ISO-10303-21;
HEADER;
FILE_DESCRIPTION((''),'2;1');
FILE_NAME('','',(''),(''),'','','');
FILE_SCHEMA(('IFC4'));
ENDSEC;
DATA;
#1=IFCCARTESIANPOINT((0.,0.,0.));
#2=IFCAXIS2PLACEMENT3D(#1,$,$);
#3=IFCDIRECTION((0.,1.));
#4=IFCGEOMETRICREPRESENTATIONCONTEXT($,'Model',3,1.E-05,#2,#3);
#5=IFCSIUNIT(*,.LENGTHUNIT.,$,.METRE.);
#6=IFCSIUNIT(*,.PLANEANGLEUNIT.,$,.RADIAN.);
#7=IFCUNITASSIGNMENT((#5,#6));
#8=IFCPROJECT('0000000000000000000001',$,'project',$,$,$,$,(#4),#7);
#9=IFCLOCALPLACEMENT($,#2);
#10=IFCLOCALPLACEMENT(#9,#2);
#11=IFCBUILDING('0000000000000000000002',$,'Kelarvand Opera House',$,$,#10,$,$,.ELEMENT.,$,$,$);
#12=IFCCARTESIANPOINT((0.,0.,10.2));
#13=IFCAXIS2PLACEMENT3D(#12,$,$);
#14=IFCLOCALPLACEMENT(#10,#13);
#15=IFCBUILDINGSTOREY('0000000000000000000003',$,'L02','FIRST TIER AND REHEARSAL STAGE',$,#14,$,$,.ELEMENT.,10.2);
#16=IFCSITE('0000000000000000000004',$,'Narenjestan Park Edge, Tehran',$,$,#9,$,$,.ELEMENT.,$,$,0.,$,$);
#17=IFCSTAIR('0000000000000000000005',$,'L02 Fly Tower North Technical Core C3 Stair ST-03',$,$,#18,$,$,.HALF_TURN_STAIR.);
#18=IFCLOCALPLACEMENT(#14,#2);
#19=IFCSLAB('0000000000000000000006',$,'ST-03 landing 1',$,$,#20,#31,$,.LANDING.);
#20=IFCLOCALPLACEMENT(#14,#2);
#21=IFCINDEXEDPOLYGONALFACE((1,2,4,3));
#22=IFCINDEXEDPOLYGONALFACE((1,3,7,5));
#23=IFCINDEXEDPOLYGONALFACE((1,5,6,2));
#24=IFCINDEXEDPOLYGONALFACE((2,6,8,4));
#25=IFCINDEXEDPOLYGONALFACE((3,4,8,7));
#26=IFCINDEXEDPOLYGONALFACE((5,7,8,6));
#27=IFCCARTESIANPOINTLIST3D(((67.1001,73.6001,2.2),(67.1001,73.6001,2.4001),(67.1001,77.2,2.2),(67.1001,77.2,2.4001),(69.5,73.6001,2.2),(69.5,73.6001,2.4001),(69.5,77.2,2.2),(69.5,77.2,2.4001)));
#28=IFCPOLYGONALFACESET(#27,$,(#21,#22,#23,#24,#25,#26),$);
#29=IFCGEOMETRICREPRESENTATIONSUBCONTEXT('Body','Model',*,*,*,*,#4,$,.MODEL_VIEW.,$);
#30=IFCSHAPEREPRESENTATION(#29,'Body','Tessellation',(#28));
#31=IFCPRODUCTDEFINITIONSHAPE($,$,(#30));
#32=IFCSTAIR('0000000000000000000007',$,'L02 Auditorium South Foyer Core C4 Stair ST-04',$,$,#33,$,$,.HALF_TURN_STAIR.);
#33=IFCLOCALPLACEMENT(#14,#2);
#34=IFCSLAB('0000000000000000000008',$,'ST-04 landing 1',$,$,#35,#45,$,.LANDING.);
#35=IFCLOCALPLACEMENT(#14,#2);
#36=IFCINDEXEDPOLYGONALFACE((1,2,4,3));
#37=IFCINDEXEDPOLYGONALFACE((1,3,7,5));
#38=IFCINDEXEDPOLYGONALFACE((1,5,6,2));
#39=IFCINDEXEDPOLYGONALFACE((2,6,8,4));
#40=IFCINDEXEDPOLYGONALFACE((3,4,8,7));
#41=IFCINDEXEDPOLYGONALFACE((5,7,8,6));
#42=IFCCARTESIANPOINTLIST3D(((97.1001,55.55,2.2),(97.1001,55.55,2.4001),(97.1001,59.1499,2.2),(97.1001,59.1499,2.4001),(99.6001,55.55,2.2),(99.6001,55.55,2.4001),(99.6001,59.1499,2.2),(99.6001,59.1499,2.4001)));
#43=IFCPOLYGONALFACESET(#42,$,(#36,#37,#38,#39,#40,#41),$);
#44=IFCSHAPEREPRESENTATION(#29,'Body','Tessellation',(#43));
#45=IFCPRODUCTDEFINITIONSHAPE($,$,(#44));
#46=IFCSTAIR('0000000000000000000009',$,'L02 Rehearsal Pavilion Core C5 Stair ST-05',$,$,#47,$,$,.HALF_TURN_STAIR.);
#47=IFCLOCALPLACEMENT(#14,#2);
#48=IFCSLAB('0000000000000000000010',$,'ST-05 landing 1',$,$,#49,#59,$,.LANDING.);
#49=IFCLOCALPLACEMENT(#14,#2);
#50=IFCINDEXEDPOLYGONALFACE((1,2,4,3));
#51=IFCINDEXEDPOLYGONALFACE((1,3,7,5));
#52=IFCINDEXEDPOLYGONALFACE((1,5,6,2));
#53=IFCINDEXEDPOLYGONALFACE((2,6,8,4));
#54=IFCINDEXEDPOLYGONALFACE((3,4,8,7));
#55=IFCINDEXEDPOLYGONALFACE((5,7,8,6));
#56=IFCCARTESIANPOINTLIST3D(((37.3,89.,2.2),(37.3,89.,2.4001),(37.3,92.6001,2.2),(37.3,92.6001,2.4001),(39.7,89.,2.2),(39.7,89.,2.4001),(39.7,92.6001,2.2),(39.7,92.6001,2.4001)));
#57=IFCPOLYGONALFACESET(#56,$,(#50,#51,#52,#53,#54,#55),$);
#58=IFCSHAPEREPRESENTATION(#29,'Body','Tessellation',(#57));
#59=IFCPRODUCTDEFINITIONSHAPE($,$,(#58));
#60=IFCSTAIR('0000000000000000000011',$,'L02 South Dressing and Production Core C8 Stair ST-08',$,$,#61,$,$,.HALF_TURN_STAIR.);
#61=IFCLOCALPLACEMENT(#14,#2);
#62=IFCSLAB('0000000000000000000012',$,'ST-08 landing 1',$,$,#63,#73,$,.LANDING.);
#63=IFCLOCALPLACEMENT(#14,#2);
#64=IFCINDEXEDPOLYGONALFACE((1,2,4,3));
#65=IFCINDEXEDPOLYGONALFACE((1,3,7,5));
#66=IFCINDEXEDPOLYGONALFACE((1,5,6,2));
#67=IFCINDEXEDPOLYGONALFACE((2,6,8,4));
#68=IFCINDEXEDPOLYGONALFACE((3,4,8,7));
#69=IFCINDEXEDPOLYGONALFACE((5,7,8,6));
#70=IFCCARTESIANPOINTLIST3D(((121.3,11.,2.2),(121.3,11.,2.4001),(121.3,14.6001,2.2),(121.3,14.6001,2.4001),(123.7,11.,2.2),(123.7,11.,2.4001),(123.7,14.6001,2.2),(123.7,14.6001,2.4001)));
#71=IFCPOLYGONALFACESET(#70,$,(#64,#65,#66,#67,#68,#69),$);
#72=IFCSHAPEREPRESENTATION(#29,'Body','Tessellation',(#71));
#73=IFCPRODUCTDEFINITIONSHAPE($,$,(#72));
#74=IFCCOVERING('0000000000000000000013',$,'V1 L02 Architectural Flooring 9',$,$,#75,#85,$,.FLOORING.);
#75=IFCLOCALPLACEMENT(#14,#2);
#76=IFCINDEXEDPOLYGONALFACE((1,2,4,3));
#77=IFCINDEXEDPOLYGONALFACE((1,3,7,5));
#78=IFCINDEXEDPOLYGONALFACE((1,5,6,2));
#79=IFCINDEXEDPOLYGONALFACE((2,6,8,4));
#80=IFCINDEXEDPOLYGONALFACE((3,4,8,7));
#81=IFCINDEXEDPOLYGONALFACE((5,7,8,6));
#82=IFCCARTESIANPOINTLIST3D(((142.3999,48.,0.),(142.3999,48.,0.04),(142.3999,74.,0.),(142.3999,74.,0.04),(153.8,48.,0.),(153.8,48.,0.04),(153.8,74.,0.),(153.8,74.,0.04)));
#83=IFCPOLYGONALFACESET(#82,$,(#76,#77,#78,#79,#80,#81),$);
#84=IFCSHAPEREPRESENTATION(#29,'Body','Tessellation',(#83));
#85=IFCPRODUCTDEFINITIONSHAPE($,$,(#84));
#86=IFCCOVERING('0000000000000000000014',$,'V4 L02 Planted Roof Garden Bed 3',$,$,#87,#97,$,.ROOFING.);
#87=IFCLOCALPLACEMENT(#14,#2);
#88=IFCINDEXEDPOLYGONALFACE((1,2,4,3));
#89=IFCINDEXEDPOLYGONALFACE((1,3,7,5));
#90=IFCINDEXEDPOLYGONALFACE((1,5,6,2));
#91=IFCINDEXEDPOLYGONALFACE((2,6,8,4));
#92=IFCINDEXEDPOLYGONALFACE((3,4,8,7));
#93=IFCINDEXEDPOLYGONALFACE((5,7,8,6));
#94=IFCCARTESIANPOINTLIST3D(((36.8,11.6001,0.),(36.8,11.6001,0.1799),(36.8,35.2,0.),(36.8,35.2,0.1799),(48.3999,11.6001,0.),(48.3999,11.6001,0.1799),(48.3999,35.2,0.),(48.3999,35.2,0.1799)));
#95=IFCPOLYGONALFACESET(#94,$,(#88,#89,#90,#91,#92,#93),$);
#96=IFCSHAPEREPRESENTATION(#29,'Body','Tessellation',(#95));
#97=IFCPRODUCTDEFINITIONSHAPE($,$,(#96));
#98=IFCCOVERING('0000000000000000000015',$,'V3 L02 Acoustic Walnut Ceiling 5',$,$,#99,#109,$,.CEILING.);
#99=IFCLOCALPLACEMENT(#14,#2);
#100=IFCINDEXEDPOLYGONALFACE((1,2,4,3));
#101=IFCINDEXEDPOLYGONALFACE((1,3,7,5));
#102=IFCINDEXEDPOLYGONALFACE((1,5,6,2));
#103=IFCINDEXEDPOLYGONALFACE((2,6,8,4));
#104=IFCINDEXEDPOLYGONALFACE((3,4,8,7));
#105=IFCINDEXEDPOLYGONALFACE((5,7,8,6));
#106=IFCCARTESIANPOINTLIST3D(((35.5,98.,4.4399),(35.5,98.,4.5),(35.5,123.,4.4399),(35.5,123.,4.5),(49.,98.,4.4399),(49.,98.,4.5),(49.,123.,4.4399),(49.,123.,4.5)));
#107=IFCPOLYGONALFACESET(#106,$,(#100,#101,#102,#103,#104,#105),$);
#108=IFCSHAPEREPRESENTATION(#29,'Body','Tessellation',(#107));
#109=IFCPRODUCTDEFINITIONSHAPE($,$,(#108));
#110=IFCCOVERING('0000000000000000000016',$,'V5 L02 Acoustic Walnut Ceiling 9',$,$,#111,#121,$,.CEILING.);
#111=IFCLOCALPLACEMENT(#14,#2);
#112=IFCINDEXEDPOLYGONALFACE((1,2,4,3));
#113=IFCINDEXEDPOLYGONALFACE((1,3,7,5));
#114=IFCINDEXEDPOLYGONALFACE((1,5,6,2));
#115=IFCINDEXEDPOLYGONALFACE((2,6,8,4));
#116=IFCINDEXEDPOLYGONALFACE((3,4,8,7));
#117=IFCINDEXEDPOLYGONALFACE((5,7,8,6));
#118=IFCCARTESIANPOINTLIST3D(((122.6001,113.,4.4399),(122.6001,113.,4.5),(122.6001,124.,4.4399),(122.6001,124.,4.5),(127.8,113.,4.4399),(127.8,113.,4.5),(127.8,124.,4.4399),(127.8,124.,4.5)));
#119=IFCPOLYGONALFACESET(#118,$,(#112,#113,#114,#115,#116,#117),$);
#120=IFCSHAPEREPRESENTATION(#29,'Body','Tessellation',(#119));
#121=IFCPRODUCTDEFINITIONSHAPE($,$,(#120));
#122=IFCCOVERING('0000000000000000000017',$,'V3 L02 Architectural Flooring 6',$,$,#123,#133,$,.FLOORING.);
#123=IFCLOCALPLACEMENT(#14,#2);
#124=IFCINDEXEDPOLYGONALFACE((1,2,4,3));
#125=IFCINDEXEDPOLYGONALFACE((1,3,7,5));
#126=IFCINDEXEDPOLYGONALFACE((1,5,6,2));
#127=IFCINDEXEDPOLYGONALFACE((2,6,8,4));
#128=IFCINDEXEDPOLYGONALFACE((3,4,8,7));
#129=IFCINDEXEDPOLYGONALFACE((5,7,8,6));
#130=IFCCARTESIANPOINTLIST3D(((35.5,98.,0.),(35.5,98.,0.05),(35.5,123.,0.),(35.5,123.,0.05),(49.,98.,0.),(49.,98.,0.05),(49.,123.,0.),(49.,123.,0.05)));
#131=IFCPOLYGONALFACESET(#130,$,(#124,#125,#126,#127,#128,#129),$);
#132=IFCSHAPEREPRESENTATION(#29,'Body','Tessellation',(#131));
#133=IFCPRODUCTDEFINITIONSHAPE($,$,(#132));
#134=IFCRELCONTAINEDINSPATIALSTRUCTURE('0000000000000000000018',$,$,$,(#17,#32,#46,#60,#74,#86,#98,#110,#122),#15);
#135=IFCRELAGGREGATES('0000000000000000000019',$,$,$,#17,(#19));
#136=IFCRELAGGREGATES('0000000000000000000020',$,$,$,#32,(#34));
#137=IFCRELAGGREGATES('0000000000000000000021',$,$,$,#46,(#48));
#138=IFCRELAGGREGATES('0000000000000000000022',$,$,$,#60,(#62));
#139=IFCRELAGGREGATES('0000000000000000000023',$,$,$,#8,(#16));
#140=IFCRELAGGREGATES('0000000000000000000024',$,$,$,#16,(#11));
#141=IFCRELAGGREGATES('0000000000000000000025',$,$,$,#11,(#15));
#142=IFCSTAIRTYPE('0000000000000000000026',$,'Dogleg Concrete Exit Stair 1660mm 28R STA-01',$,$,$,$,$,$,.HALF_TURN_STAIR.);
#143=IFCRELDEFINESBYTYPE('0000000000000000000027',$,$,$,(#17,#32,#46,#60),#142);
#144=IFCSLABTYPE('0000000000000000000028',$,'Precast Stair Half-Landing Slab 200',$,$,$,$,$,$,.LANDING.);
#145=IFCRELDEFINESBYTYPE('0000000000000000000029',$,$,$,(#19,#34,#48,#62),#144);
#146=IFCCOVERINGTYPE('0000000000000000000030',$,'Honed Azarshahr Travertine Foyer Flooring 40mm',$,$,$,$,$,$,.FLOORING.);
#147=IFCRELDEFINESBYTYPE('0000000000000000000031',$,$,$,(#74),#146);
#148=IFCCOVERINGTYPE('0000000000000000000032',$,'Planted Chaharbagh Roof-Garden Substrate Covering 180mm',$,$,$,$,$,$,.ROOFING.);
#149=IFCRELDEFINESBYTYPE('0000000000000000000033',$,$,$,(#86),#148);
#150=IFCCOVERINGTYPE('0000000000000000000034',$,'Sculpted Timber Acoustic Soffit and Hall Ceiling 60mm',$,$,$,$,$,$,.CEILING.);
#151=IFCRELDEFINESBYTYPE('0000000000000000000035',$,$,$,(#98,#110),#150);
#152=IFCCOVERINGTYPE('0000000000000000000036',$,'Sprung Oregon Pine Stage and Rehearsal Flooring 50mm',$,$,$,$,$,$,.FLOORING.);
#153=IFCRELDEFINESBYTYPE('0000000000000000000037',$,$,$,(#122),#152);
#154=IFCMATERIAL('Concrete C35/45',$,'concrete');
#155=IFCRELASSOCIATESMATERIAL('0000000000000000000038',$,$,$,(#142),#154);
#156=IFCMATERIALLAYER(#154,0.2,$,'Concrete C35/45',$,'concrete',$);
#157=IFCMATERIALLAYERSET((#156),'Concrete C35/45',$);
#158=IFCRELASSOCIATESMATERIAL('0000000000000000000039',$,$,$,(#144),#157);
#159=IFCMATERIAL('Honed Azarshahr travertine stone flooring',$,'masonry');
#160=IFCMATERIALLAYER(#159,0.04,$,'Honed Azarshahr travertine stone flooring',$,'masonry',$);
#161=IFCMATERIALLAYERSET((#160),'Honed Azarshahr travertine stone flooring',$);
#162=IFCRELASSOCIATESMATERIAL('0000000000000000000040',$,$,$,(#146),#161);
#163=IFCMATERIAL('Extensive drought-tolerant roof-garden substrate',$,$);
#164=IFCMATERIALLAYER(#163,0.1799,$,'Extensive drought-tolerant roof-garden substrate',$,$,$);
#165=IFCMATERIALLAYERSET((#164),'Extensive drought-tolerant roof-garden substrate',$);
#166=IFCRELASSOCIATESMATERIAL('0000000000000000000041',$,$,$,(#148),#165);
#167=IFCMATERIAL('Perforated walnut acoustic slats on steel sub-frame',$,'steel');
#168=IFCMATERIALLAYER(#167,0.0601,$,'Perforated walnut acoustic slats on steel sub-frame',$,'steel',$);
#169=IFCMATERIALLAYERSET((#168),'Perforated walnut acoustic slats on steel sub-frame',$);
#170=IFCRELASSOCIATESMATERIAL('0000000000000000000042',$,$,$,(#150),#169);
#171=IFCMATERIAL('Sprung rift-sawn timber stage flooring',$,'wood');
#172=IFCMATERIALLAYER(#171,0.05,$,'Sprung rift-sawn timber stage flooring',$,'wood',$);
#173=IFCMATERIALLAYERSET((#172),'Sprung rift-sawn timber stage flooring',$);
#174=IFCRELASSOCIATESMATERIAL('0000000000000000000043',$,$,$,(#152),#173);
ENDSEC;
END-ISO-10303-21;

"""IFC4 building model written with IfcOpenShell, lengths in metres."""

from ifc_helpers import new_model, si_unit, direction, frame, origin, place, context, subcontext, project, spatial, polyline, outline, extrude, material, layer, layer_set, type_object, element, aggregate, save


model = new_model("IFC4")

# Units and contexts
model_context = context("Model", 3, precision=1e-05, world=origin(), true_north=direction((0.0, 1.0)))
body_context = subcontext(model_context, "Body", "Model", "MODEL_VIEW")
ifc_project = project(units=[si_unit("LENGTHUNIT", "METRE"), si_unit("PLANEANGLEUNIT", "RADIAN")], contexts=[model_context])

# Site, building, storey
site_placement = place(None, origin())
site = spatial("IfcSite", under=ifc_project, at=site_placement, Name="Narenjestan Park Edge, Tehran", CompositionType="ELEMENT", RefElevation=0.0)
building_placement = place(site_placement, origin())
building = spatial("IfcBuilding", under=site, at=building_placement, Name="Kelarvand Opera House", CompositionType="ELEMENT")
storey_placement = place(building_placement, frame((0.0, 0.0, 10.2)))
storey = spatial("IfcBuildingStorey", under=building, at=storey_placement, Name="L02", Description="FIRST TIER AND REHEARSAL STAGE", CompositionType="ELEMENT", Elevation=10.2)

# Shared definitions
ifc_material_1 = material(Name="Concrete C35/45", Category="concrete")

# Stairs, slabs
stair_type = type_object("IfcStairType", Name="Dogleg Concrete Exit Stair 1660mm 28R STA-01", PredefinedType="HALF_TURN_STAIR", material=ifc_material_1)
ifc_layer_1 = layer(ifc_material_1, 0.2, Name="Concrete C35/45", Category="concrete")
ifc_layer_set_1 = layer_set([ifc_layer_1], Name="Concrete C35/45")
slab_type_1 = type_object("IfcSlabType", Name="Precast Stair Half-Landing Slab 200", PredefinedType="LANDING", material=ifc_layer_set_1)
stair_1_placement = place(storey_placement, origin())
stair_1 = element("IfcStair", 1, at=stair_1_placement, inside=storey, type_object=stair_type, Name="L02 Fly Tower North Technical Core C3 Stair ST-03", PredefinedType="HALF_TURN_STAIR")
slab_1_placement = place(storey_placement, frame((0.0, 0.0, 2.2)))
slab_1 = element("IfcSlab", 2, at=slab_1_placement, type_object=slab_type_1, Name="ST-03 landing 1", PredefinedType="LANDING", context=body_context, shape_type="SweptSolid", body=[
    extrude(outline(polyline([(67.1001, 73.6001), (69.5, 73.6001), (69.5, 77.2), (67.1001, 77.2), (67.1001, 73.6001)])), origin(), (0.0, 0.0, 1.0), 0.2002),
])
aggregate(stair_1, [slab_1])
stair_2_placement = place(storey_placement, origin())
stair_2 = element("IfcStair", 3, at=stair_2_placement, inside=storey, type_object=stair_type, Name="L02 Auditorium South Foyer Core C4 Stair ST-04", PredefinedType="HALF_TURN_STAIR")
slab_2_placement = place(storey_placement, frame((0.0, 0.0, 2.2)))
slab_2 = element("IfcSlab", 4, at=slab_2_placement, type_object=slab_type_1, Name="ST-04 landing 1", PredefinedType="LANDING", context=body_context, shape_type="SweptSolid", body=[
    extrude(outline(polyline([(97.1001, 55.55), (99.6001, 55.55), (99.6001, 59.1499), (97.1001, 59.1499), (97.1001, 55.55)])), origin(), (0.0, 0.0, 1.0), 0.2002),
])
aggregate(stair_2, [slab_2])
stair_3_placement = place(storey_placement, origin())
stair_3 = element("IfcStair", 5, at=stair_3_placement, inside=storey, type_object=stair_type, Name="L02 Rehearsal Pavilion Core C5 Stair ST-05", PredefinedType="HALF_TURN_STAIR")
slab_3_placement = place(storey_placement, frame((0.0, 0.0, 2.2)))
slab_3 = element("IfcSlab", 6, at=slab_3_placement, type_object=slab_type_1, Name="ST-05 landing 1", PredefinedType="LANDING", context=body_context, shape_type="SweptSolid", body=[
    extrude(outline(polyline([(37.3, 89.0), (39.7, 89.0), (39.7, 92.6001), (37.3, 92.6001), (37.3, 89.0)])), origin(), (0.0, 0.0, 1.0), 0.2002),
])
aggregate(stair_3, [slab_3])
stair_4_placement = place(storey_placement, origin())
stair_4 = element("IfcStair", 7, at=stair_4_placement, inside=storey, type_object=stair_type, Name="L02 South Dressing and Production Core C8 Stair ST-08", PredefinedType="HALF_TURN_STAIR")
slab_4_placement = place(storey_placement, frame((0.0, 0.0, 2.2)))
slab_4 = element("IfcSlab", 8, at=slab_4_placement, type_object=slab_type_1, Name="ST-08 landing 1", PredefinedType="LANDING", context=body_context, shape_type="SweptSolid", body=[
    extrude(outline(polyline([(121.3, 11.0), (123.7, 11.0), (123.7, 14.6001), (121.3, 14.6001), (121.3, 11.0)])), origin(), (0.0, 0.0, 1.0), 0.2002),
])
aggregate(stair_4, [slab_4])

# Coverings
ifc_material_2 = material(Name="Honed Azarshahr travertine stone flooring", Category="masonry")
ifc_layer_2 = layer(ifc_material_2, 0.04, Name="Honed Azarshahr travertine stone flooring", Category="masonry")
ifc_layer_set_2 = layer_set([ifc_layer_2], Name="Honed Azarshahr travertine stone flooring")
covering_type_1 = type_object("IfcCoveringType", Name="Honed Azarshahr Travertine Foyer Flooring 40mm", PredefinedType="FLOORING", material=ifc_layer_set_2)
covering_1_placement = place(storey_placement, origin())
element("IfcCovering", 9, at=covering_1_placement, inside=storey, type_object=covering_type_1, Name="V1 L02 Architectural Flooring 9", PredefinedType="FLOORING", context=body_context, shape_type="SweptSolid", body=[
    extrude(outline(polyline([(142.3999, 48.0), (153.8, 48.0), (153.8, 74.0), (142.3999, 74.0), (142.3999, 48.0)])), origin(), (0.0, 0.0, 1.0), 0.04),
])
ifc_material_3 = material(Name="Extensive drought-tolerant roof-garden substrate")
ifc_layer_3 = layer(ifc_material_3, 0.1799, Name="Extensive drought-tolerant roof-garden substrate")
ifc_layer_set_3 = layer_set([ifc_layer_3], Name="Extensive drought-tolerant roof-garden substrate")
covering_type_2 = type_object("IfcCoveringType", Name="Planted Chaharbagh Roof-Garden Substrate Covering 180mm", PredefinedType="ROOFING", material=ifc_layer_set_3)
covering_2_placement = place(storey_placement, origin())
element("IfcCovering", 10, at=covering_2_placement, inside=storey, type_object=covering_type_2, Name="V4 L02 Planted Roof Garden Bed 3", PredefinedType="ROOFING", context=body_context, shape_type="SweptSolid", body=[
    extrude(outline(polyline([(36.8, 11.6001), (48.3999, 11.6001), (48.3999, 35.2), (36.8, 35.2), (36.8, 11.6001)])), origin(), (0.0, 0.0, 1.0), 0.1799),
])
ifc_material_4 = material(Name="Perforated walnut acoustic slats on steel sub-frame", Category="steel")
ifc_layer_4 = layer(ifc_material_4, 0.0601, Name="Perforated walnut acoustic slats on steel sub-frame", Category="steel")
ifc_layer_set_4 = layer_set([ifc_layer_4], Name="Perforated walnut acoustic slats on steel sub-frame")
covering_type_3 = type_object("IfcCoveringType", Name="Sculpted Timber Acoustic Soffit and Hall Ceiling 60mm", PredefinedType="CEILING", material=ifc_layer_set_4)
covering_3_placement = place(storey_placement, frame((0.0, 0.0, 4.4399)))
element("IfcCovering", 11, at=covering_3_placement, inside=storey, type_object=covering_type_3, Name="V3 L02 Acoustic Walnut Ceiling 5", PredefinedType="CEILING", context=body_context, shape_type="SweptSolid", body=[
    extrude(outline(polyline([(35.5, 98.0), (49.0, 98.0), (49.0, 123.0), (35.5, 123.0), (35.5, 98.0)])), origin(), (0.0, 0.0, 1.0), 0.0601),
])
covering_4_placement = place(storey_placement, frame((0.0, 0.0, 4.4399)))
element("IfcCovering", 12, at=covering_4_placement, inside=storey, type_object=covering_type_3, Name="V5 L02 Acoustic Walnut Ceiling 9", PredefinedType="CEILING", context=body_context, shape_type="SweptSolid", body=[
    extrude(outline(polyline([(122.6001, 113.0), (127.8, 113.0), (127.8, 124.0), (122.6001, 124.0), (122.6001, 113.0)])), origin(), (0.0, 0.0, 1.0), 0.0601),
])
ifc_material_5 = material(Name="Sprung rift-sawn timber stage flooring", Category="wood")
ifc_layer_5 = layer(ifc_material_5, 0.05, Name="Sprung rift-sawn timber stage flooring", Category="wood")
ifc_layer_set_5 = layer_set([ifc_layer_5], Name="Sprung rift-sawn timber stage flooring")
covering_type_4 = type_object("IfcCoveringType", Name="Sprung Oregon Pine Stage and Rehearsal Flooring 50mm", PredefinedType="FLOORING", material=ifc_layer_set_5)
covering_5_placement = place(storey_placement, origin())
element("IfcCovering", 13, at=covering_5_placement, inside=storey, type_object=covering_type_4, Name="V3 L02 Architectural Flooring 6", PredefinedType="FLOORING", context=body_context, shape_type="SweptSolid", body=[
    extrude(outline(polyline([(35.5, 98.0), (49.0, 98.0), (49.0, 123.0), (35.5, 123.0), (35.5, 98.0)])), origin(), (0.0, 0.0, 1.0), 0.05),
])

save(model, "model.ifc")
